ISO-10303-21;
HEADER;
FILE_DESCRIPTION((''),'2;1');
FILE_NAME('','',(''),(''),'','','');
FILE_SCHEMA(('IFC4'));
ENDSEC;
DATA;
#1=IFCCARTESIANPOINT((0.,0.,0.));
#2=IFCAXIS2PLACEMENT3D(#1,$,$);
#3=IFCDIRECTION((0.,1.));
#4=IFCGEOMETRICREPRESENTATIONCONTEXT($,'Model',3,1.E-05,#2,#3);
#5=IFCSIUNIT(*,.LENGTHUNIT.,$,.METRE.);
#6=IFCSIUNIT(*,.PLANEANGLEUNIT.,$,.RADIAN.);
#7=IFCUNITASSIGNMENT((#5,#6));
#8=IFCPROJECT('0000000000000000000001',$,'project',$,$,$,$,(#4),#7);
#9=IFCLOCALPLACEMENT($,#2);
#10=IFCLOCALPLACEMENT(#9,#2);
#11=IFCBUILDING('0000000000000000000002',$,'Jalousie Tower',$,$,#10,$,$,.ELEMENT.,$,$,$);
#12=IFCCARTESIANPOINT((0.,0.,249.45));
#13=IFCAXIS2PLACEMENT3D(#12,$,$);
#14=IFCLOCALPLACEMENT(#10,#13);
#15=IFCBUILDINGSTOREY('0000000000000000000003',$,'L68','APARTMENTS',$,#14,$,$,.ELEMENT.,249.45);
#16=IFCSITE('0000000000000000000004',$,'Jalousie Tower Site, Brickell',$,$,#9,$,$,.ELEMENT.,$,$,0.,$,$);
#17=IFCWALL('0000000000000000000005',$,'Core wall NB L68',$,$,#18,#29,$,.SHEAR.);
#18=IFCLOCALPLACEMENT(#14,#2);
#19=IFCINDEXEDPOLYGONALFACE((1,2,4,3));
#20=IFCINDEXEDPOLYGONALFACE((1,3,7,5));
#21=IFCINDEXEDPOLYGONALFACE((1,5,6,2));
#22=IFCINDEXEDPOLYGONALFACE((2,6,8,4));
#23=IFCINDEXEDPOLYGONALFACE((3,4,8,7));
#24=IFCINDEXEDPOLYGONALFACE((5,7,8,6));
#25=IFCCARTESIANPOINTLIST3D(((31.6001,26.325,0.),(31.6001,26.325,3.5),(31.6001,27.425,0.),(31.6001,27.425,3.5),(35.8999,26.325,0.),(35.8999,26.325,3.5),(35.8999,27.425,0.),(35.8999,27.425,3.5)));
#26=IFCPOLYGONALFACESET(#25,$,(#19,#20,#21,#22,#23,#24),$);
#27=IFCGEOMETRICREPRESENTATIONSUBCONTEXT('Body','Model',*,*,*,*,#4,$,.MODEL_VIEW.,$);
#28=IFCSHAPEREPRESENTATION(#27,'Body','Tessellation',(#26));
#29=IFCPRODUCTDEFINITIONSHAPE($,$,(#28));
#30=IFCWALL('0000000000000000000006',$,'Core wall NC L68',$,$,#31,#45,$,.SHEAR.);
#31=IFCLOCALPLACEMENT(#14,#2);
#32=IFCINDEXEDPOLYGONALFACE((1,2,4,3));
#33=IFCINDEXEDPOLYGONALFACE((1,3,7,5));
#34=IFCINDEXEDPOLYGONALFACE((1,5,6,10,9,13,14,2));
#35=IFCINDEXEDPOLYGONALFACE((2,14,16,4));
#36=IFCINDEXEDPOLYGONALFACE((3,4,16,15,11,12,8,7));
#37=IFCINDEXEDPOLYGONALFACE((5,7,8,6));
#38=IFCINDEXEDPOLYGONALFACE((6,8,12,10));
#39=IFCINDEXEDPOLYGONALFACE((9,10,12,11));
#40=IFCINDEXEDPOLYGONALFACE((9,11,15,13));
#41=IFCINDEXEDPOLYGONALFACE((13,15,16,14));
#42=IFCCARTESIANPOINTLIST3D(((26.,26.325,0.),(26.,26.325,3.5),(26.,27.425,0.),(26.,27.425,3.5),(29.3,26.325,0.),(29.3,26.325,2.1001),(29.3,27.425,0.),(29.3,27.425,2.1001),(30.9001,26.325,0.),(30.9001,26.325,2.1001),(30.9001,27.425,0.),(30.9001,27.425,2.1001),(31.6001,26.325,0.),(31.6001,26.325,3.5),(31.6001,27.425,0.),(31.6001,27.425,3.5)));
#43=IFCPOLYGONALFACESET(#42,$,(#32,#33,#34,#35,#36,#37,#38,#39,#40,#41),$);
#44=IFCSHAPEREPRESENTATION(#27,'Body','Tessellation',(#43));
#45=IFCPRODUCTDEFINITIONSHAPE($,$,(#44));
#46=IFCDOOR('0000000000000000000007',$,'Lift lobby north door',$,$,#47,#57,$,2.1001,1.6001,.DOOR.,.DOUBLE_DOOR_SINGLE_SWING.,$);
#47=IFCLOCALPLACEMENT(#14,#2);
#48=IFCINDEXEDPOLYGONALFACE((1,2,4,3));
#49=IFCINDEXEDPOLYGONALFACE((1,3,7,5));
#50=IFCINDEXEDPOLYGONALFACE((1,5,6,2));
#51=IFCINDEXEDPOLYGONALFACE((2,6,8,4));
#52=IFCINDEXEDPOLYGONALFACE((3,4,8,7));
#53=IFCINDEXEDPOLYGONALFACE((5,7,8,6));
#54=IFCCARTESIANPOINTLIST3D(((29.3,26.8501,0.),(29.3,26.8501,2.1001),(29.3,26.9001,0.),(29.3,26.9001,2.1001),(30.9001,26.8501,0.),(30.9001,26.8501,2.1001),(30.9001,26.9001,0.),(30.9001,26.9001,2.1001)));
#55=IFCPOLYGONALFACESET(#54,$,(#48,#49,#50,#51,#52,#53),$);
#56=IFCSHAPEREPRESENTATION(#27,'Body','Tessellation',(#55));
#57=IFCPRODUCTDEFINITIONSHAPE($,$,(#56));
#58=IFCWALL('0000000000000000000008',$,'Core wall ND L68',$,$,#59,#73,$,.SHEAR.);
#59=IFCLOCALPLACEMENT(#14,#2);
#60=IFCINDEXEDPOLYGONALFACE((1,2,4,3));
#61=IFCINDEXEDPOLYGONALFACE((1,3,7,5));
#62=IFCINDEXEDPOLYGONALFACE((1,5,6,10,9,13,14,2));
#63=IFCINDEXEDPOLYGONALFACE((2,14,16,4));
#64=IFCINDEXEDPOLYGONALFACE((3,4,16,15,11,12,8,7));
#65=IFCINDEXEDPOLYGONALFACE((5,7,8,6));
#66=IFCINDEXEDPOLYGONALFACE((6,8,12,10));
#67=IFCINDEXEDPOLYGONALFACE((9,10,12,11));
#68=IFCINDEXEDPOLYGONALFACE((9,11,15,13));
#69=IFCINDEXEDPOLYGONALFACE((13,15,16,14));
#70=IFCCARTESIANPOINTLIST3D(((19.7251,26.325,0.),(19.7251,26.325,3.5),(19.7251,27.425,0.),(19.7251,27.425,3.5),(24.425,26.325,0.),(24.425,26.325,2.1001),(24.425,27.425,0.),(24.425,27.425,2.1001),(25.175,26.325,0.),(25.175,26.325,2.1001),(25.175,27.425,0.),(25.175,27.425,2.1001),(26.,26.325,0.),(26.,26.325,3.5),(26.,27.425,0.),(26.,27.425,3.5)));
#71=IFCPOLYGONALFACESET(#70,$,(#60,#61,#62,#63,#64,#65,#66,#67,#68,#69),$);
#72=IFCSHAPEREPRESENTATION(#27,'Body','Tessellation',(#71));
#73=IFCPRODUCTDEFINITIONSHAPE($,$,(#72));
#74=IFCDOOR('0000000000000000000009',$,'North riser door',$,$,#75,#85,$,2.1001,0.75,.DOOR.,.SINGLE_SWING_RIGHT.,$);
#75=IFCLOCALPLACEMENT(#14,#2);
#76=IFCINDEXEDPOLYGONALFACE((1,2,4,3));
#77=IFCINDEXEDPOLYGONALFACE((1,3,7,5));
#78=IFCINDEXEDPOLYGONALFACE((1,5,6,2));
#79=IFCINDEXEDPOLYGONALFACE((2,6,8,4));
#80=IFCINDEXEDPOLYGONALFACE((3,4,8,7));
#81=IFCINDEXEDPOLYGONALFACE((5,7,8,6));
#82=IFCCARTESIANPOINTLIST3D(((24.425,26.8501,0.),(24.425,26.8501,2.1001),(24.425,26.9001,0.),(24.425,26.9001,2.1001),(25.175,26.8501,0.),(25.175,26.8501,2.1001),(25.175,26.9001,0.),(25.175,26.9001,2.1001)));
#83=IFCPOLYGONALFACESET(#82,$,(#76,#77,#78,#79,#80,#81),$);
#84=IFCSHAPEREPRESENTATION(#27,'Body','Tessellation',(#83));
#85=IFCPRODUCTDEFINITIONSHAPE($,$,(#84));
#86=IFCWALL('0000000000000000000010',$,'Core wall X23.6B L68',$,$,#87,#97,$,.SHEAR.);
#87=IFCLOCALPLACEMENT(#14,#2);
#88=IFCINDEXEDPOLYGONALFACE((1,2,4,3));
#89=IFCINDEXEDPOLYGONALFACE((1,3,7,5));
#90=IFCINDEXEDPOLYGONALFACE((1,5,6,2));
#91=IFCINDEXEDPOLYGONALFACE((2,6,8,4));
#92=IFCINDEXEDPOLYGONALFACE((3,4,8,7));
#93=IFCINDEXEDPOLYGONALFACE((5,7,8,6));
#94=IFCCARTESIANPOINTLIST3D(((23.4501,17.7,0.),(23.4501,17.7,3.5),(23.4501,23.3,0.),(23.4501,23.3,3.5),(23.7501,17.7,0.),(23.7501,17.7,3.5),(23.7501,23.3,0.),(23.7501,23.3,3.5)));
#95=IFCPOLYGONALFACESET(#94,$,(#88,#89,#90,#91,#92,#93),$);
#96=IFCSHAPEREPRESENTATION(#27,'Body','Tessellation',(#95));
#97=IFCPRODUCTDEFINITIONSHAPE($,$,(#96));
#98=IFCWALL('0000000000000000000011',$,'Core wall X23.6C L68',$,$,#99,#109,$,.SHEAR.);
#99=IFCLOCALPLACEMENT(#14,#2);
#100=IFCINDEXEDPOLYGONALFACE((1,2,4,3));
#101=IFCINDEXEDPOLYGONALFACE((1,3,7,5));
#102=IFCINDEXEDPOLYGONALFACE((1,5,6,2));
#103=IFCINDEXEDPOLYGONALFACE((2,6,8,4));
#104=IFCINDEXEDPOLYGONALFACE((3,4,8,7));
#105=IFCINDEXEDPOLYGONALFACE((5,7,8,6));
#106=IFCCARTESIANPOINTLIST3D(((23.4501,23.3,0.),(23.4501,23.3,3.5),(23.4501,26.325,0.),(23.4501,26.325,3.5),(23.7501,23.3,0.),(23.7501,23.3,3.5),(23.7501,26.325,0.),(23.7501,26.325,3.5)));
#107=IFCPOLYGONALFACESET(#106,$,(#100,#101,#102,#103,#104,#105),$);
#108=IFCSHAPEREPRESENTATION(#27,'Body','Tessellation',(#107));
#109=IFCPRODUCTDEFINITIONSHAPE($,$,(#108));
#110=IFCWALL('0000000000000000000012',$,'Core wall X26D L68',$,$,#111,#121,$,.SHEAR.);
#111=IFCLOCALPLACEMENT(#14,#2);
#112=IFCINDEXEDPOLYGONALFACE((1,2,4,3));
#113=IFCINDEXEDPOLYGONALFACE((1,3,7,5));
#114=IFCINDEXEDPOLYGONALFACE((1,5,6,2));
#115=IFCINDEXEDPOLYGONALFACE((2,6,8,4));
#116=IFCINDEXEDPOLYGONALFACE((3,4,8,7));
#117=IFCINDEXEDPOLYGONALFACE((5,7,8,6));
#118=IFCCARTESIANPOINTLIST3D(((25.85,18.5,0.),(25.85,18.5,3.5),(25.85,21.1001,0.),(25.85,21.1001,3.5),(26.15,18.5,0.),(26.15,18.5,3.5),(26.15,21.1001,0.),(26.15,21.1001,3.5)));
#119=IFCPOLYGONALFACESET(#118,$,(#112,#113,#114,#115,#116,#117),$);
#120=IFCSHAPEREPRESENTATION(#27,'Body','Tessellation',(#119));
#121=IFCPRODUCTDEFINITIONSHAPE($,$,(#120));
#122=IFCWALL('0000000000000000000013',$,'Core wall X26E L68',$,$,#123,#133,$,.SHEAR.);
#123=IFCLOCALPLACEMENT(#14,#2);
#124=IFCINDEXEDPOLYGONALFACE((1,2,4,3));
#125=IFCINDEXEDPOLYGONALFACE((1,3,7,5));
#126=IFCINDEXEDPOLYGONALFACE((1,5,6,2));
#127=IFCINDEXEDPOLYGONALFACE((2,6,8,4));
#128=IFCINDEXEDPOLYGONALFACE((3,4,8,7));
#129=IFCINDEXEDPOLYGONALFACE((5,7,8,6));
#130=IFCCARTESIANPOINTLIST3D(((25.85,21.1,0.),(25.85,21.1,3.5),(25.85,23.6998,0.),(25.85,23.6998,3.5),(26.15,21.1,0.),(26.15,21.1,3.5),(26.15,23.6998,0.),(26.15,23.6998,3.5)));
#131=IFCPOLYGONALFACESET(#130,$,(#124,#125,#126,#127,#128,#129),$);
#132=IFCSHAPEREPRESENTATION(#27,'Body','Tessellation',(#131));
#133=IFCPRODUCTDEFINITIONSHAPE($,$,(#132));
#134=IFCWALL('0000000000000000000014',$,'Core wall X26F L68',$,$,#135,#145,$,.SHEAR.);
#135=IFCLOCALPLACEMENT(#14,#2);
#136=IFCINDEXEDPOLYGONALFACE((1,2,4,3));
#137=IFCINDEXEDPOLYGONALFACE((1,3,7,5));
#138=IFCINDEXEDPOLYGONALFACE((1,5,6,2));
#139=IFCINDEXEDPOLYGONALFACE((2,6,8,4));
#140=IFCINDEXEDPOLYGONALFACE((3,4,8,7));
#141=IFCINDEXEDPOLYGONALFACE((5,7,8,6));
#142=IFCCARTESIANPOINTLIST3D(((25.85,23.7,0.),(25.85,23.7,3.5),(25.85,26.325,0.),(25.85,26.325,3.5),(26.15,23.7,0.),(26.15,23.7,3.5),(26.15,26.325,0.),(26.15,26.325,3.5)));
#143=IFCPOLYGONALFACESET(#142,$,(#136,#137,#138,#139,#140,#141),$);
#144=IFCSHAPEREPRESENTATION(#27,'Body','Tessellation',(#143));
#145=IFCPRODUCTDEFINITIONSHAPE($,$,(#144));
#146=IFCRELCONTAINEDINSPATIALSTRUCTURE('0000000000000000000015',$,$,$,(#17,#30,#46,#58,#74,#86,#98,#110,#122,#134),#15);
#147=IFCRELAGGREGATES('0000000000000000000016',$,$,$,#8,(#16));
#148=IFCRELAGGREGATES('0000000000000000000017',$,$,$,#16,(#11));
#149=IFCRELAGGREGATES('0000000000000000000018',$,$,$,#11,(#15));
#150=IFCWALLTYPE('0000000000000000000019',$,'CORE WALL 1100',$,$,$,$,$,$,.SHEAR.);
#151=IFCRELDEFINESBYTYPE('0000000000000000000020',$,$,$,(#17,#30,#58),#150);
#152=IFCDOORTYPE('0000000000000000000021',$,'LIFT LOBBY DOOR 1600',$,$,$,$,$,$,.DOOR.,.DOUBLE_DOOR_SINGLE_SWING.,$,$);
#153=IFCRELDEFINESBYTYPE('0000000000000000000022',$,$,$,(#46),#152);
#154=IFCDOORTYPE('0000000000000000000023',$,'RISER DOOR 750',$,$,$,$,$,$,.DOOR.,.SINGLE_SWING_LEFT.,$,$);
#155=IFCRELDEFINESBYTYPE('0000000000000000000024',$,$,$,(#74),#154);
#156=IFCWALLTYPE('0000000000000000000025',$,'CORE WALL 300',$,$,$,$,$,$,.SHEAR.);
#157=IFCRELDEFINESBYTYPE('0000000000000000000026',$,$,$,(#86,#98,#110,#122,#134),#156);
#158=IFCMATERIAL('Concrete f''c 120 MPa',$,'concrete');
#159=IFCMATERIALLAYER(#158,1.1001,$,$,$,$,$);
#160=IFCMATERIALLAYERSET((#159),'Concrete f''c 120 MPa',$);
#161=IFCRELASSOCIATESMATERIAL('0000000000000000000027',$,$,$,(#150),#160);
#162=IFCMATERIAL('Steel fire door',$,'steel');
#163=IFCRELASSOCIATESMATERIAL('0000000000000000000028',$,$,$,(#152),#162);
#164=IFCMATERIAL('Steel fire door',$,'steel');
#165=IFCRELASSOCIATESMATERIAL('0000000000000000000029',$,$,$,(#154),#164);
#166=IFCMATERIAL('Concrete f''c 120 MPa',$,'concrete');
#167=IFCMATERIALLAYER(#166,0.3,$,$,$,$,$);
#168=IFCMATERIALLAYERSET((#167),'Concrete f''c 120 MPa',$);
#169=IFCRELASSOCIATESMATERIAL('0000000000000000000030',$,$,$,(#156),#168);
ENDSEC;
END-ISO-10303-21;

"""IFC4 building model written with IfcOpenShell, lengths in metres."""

from ifc_helpers import new_model, si_unit, direction, frame, frame_2d, origin, place, context, subcontext, project, spatial, rectangle, extrude, material, layer, layer_set, type_object, element, fill, save


model = new_model("IFC4")

# Units and contexts
model_context = context("Model", 3, precision=1e-05, world=origin(), true_north=direction((0.0, 1.0)))
body_context = subcontext(model_context, "Body", "Model", "MODEL_VIEW")
ifc_project = project(units=[si_unit("LENGTHUNIT", "METRE"), si_unit("PLANEANGLEUNIT", "RADIAN")], contexts=[model_context])

# Site, building, storey
site_placement = place(None, origin())
site = spatial("IfcSite", under=ifc_project, at=site_placement, Name="Jalousie Tower Site, Brickell", CompositionType="ELEMENT", RefElevation=0.0)
building_placement = place(site_placement, origin())
building = spatial("IfcBuilding", under=site, at=building_placement, Name="Jalousie Tower", CompositionType="ELEMENT")
storey_placement = place(building_placement, frame((0.0, 0.0, 249.45)))
storey = spatial("IfcBuildingStorey", under=building, at=storey_placement, Name="L68", Description="APARTMENTS", CompositionType="ELEMENT", Elevation=249.45)

# Wall
ifc_material_1 = material(Name="Concrete f'c 120 MPa", Category="concrete")
ifc_layer_1 = layer(ifc_material_1, 1.1001)
ifc_layer_set_1 = layer_set([ifc_layer_1], Name="Concrete f'c 120 MPa")
wall_type_1 = type_object("IfcWallType", Name="CORE WALL 1100", PredefinedType="SHEAR", material=ifc_layer_set_1)
wall_1_placement = place(storey_placement, frame((35.8999, 26.875, 0.0), z_axis=(0.0, 0.0, 1.0), x_axis=(-1.0, 0.0, 0.0)))
element("IfcWall", 1, at=wall_1_placement, inside=storey, type_object=wall_type_1, Name="Core wall NB L68", PredefinedType="SHEAR", context=body_context, shape_type="SweptSolid", body=[
    extrude(rectangle(XDim=4.2998, YDim=1.1001, at=frame_2d((2.1499, 0.0))), origin(), (0.0, 0.0, 1.0), 3.5),
])

# Walls, openings, doors
wall_2_placement = place(storey_placement, frame((31.6001, 26.875, 0.0), z_axis=(0.0, 0.0, 1.0), x_axis=(-1.0, 0.0, 0.0)))
wall_2 = element("IfcWall", 2, at=wall_2_placement, inside=storey, type_object=wall_type_1, Name="Core wall NC L68", PredefinedType="SHEAR", context=body_context, shape_type="SweptSolid", body=[
    extrude(rectangle(XDim=5.6001, YDim=1.1001, at=frame_2d((2.8, 0.0))), origin(), (0.0, 0.0, 1.0), 3.5),
])
opening_1_placement = place(wall_2_placement, frame((0.7, 0.0, 0.0)))
opening_1 = element("IfcOpeningElement", 3, at=opening_1_placement, cuts=wall_2, PredefinedType="OPENING", context=body_context, shape_type="SweptSolid", body=[
    extrude(rectangle(XDim=1.6001, YDim=2.1001, at=frame_2d((0.8, 1.05))), frame((0.0, 0.5601, 0.0), z_axis=(0.0, -1.0, 0.0), x_axis=(1.0, 0.0, 0.0)), (0.0, 0.0, 1.0), 1.1201),
])
ifc_material_2 = material(Name="Steel fire door", Category="steel")
door_type_1 = type_object("IfcDoorType", Name="LIFT LOBBY DOOR 1600", OperationType="DOUBLE_DOOR_SINGLE_SWING", PredefinedType="DOOR", material=ifc_material_2)
door_1_placement = place(opening_1_placement, origin())
door_1 = element("IfcDoor", 4, at=door_1_placement, inside=storey, type_object=door_type_1, Name="Lift lobby north door", OperationType="DOUBLE_DOOR_SINGLE_SWING", OverallHeight=2.1001, OverallWidth=1.6001, PredefinedType="DOOR", context=body_context, shape_type="SweptSolid", body=[
    extrude(rectangle(XDim=1.6001, YDim=2.1001, at=frame_2d((0.8, 1.05))), frame((0.0, 0.0249, 0.0), z_axis=(0.0, -1.0, 0.0), x_axis=(1.0, 0.0, 0.0)), (0.0, 0.0, 1.0), 0.05),
])
fill(opening_1, door_1)
wall_3_placement = place(storey_placement, frame((26.0, 26.875, 0.0), z_axis=(0.0, 0.0, 1.0), x_axis=(-1.0, 0.0, 0.0)))
wall_3 = element("IfcWall", 5, at=wall_3_placement, inside=storey, type_object=wall_type_1, Name="Core wall ND L68", PredefinedType="SHEAR", context=body_context, shape_type="SweptSolid", body=[
    extrude(rectangle(XDim=6.2749, YDim=1.1001, at=frame_2d((3.1375, 0.0))), origin(), (0.0, 0.0, 1.0), 3.5),
])
opening_2_placement = place(wall_3_placement, frame((0.825, 0.0, 0.0)))
opening_2 = element("IfcOpeningElement", 6, at=opening_2_placement, cuts=wall_3, PredefinedType="OPENING", context=body_context, shape_type="SweptSolid", body=[
    extrude(rectangle(XDim=0.75, YDim=2.1001, at=frame_2d((0.375, 1.05))), frame((0.0, 0.5601, 0.0), z_axis=(0.0, -1.0, 0.0), x_axis=(1.0, 0.0, 0.0)), (0.0, 0.0, 1.0), 1.1201),
])
ifc_material_3 = material(Name="Steel fire door", Category="steel")
door_type_2 = type_object("IfcDoorType", Name="RISER DOOR 750", OperationType="SINGLE_SWING_LEFT", PredefinedType="DOOR", material=ifc_material_3)
door_2_placement = place(opening_2_placement, origin())
door_2 = element("IfcDoor", 7, at=door_2_placement, inside=storey, type_object=door_type_2, Name="North riser door", OperationType="SINGLE_SWING_RIGHT", OverallHeight=2.1001, OverallWidth=0.75, PredefinedType="DOOR", context=body_context, shape_type="SweptSolid", body=[
    extrude(rectangle(XDim=0.75, YDim=2.1001, at=frame_2d((0.375, 1.05))), frame((0.0, 0.0249, 0.0), z_axis=(0.0, -1.0, 0.0), x_axis=(1.0, 0.0, 0.0)), (0.0, 0.0, 1.0), 0.05),
])
fill(opening_2, door_2)

# Walls
ifc_material_4 = material(Name="Concrete f'c 120 MPa", Category="concrete")
ifc_layer_2 = layer(ifc_material_4, 0.3)
ifc_layer_set_2 = layer_set([ifc_layer_2], Name="Concrete f'c 120 MPa")
wall_type_2 = type_object("IfcWallType", Name="CORE WALL 300", PredefinedType="SHEAR", material=ifc_layer_set_2)
wall_4_placement = place(storey_placement, frame((23.6001, 17.7, 0.0), z_axis=(0.0, 0.0, 1.0), x_axis=(0.0, 1.0, 0.0)))
element("IfcWall", 8, at=wall_4_placement, inside=storey, type_object=wall_type_2, Name="Core wall X23.6B L68", PredefinedType="SHEAR", context=body_context, shape_type="SweptSolid", body=[
    extrude(rectangle(XDim=5.6001, YDim=0.3, at=frame_2d((2.8, 0.0))), origin(), (0.0, 0.0, 1.0), 3.5),
])
wall_5_placement = place(storey_placement, frame((23.6001, 23.3, 0.0), z_axis=(0.0, 0.0, 1.0), x_axis=(0.0, 1.0, 0.0)))
element("IfcWall", 9, at=wall_5_placement, inside=storey, type_object=wall_type_2, Name="Core wall X23.6C L68", PredefinedType="SHEAR", context=body_context, shape_type="SweptSolid", body=[
    extrude(rectangle(XDim=3.0249, YDim=0.3, at=frame_2d((1.5125, 0.0))), origin(), (0.0, 0.0, 1.0), 3.5),
])
wall_6_placement = place(storey_placement, frame((26.0, 18.5, 0.0), z_axis=(0.0, 0.0, 1.0), x_axis=(0.0, 1.0, 0.0)))
element("IfcWall", 10, at=wall_6_placement, inside=storey, type_object=wall_type_2, Name="Core wall X26D L68", PredefinedType="SHEAR", context=body_context, shape_type="SweptSolid", body=[
    extrude(rectangle(XDim=2.6001, YDim=0.3, at=frame_2d((1.3, 0.0))), origin(), (0.0, 0.0, 1.0), 3.5),
])
wall_7_placement = place(storey_placement, frame((26.0, 21.1001, 0.0), z_axis=(0.0, 0.0, 1.0), x_axis=(0.0, 1.0, 0.0)))
element("IfcWall", 11, at=wall_7_placement, inside=storey, type_object=wall_type_2, Name="Core wall X26E L68", PredefinedType="SHEAR", context=body_context, shape_type="SweptSolid", body=[
    extrude(rectangle(XDim=2.5999, YDim=0.3, at=frame_2d((1.2998, 0.0))), origin(), (0.0, 0.0, 1.0), 3.5),
])
wall_8_placement = place(storey_placement, frame((26.0, 23.7, 0.0), z_axis=(0.0, 0.0, 1.0), x_axis=(0.0, 1.0, 0.0)))
element("IfcWall", 12, at=wall_8_placement, inside=storey, type_object=wall_type_2, Name="Core wall X26F L68", PredefinedType="SHEAR", context=body_context, shape_type="SweptSolid", body=[
    extrude(rectangle(XDim=2.625, YDim=0.3, at=frame_2d((1.3125, 0.0))), origin(), (0.0, 0.0, 1.0), 3.5),
])

save(model, "model.ifc")
